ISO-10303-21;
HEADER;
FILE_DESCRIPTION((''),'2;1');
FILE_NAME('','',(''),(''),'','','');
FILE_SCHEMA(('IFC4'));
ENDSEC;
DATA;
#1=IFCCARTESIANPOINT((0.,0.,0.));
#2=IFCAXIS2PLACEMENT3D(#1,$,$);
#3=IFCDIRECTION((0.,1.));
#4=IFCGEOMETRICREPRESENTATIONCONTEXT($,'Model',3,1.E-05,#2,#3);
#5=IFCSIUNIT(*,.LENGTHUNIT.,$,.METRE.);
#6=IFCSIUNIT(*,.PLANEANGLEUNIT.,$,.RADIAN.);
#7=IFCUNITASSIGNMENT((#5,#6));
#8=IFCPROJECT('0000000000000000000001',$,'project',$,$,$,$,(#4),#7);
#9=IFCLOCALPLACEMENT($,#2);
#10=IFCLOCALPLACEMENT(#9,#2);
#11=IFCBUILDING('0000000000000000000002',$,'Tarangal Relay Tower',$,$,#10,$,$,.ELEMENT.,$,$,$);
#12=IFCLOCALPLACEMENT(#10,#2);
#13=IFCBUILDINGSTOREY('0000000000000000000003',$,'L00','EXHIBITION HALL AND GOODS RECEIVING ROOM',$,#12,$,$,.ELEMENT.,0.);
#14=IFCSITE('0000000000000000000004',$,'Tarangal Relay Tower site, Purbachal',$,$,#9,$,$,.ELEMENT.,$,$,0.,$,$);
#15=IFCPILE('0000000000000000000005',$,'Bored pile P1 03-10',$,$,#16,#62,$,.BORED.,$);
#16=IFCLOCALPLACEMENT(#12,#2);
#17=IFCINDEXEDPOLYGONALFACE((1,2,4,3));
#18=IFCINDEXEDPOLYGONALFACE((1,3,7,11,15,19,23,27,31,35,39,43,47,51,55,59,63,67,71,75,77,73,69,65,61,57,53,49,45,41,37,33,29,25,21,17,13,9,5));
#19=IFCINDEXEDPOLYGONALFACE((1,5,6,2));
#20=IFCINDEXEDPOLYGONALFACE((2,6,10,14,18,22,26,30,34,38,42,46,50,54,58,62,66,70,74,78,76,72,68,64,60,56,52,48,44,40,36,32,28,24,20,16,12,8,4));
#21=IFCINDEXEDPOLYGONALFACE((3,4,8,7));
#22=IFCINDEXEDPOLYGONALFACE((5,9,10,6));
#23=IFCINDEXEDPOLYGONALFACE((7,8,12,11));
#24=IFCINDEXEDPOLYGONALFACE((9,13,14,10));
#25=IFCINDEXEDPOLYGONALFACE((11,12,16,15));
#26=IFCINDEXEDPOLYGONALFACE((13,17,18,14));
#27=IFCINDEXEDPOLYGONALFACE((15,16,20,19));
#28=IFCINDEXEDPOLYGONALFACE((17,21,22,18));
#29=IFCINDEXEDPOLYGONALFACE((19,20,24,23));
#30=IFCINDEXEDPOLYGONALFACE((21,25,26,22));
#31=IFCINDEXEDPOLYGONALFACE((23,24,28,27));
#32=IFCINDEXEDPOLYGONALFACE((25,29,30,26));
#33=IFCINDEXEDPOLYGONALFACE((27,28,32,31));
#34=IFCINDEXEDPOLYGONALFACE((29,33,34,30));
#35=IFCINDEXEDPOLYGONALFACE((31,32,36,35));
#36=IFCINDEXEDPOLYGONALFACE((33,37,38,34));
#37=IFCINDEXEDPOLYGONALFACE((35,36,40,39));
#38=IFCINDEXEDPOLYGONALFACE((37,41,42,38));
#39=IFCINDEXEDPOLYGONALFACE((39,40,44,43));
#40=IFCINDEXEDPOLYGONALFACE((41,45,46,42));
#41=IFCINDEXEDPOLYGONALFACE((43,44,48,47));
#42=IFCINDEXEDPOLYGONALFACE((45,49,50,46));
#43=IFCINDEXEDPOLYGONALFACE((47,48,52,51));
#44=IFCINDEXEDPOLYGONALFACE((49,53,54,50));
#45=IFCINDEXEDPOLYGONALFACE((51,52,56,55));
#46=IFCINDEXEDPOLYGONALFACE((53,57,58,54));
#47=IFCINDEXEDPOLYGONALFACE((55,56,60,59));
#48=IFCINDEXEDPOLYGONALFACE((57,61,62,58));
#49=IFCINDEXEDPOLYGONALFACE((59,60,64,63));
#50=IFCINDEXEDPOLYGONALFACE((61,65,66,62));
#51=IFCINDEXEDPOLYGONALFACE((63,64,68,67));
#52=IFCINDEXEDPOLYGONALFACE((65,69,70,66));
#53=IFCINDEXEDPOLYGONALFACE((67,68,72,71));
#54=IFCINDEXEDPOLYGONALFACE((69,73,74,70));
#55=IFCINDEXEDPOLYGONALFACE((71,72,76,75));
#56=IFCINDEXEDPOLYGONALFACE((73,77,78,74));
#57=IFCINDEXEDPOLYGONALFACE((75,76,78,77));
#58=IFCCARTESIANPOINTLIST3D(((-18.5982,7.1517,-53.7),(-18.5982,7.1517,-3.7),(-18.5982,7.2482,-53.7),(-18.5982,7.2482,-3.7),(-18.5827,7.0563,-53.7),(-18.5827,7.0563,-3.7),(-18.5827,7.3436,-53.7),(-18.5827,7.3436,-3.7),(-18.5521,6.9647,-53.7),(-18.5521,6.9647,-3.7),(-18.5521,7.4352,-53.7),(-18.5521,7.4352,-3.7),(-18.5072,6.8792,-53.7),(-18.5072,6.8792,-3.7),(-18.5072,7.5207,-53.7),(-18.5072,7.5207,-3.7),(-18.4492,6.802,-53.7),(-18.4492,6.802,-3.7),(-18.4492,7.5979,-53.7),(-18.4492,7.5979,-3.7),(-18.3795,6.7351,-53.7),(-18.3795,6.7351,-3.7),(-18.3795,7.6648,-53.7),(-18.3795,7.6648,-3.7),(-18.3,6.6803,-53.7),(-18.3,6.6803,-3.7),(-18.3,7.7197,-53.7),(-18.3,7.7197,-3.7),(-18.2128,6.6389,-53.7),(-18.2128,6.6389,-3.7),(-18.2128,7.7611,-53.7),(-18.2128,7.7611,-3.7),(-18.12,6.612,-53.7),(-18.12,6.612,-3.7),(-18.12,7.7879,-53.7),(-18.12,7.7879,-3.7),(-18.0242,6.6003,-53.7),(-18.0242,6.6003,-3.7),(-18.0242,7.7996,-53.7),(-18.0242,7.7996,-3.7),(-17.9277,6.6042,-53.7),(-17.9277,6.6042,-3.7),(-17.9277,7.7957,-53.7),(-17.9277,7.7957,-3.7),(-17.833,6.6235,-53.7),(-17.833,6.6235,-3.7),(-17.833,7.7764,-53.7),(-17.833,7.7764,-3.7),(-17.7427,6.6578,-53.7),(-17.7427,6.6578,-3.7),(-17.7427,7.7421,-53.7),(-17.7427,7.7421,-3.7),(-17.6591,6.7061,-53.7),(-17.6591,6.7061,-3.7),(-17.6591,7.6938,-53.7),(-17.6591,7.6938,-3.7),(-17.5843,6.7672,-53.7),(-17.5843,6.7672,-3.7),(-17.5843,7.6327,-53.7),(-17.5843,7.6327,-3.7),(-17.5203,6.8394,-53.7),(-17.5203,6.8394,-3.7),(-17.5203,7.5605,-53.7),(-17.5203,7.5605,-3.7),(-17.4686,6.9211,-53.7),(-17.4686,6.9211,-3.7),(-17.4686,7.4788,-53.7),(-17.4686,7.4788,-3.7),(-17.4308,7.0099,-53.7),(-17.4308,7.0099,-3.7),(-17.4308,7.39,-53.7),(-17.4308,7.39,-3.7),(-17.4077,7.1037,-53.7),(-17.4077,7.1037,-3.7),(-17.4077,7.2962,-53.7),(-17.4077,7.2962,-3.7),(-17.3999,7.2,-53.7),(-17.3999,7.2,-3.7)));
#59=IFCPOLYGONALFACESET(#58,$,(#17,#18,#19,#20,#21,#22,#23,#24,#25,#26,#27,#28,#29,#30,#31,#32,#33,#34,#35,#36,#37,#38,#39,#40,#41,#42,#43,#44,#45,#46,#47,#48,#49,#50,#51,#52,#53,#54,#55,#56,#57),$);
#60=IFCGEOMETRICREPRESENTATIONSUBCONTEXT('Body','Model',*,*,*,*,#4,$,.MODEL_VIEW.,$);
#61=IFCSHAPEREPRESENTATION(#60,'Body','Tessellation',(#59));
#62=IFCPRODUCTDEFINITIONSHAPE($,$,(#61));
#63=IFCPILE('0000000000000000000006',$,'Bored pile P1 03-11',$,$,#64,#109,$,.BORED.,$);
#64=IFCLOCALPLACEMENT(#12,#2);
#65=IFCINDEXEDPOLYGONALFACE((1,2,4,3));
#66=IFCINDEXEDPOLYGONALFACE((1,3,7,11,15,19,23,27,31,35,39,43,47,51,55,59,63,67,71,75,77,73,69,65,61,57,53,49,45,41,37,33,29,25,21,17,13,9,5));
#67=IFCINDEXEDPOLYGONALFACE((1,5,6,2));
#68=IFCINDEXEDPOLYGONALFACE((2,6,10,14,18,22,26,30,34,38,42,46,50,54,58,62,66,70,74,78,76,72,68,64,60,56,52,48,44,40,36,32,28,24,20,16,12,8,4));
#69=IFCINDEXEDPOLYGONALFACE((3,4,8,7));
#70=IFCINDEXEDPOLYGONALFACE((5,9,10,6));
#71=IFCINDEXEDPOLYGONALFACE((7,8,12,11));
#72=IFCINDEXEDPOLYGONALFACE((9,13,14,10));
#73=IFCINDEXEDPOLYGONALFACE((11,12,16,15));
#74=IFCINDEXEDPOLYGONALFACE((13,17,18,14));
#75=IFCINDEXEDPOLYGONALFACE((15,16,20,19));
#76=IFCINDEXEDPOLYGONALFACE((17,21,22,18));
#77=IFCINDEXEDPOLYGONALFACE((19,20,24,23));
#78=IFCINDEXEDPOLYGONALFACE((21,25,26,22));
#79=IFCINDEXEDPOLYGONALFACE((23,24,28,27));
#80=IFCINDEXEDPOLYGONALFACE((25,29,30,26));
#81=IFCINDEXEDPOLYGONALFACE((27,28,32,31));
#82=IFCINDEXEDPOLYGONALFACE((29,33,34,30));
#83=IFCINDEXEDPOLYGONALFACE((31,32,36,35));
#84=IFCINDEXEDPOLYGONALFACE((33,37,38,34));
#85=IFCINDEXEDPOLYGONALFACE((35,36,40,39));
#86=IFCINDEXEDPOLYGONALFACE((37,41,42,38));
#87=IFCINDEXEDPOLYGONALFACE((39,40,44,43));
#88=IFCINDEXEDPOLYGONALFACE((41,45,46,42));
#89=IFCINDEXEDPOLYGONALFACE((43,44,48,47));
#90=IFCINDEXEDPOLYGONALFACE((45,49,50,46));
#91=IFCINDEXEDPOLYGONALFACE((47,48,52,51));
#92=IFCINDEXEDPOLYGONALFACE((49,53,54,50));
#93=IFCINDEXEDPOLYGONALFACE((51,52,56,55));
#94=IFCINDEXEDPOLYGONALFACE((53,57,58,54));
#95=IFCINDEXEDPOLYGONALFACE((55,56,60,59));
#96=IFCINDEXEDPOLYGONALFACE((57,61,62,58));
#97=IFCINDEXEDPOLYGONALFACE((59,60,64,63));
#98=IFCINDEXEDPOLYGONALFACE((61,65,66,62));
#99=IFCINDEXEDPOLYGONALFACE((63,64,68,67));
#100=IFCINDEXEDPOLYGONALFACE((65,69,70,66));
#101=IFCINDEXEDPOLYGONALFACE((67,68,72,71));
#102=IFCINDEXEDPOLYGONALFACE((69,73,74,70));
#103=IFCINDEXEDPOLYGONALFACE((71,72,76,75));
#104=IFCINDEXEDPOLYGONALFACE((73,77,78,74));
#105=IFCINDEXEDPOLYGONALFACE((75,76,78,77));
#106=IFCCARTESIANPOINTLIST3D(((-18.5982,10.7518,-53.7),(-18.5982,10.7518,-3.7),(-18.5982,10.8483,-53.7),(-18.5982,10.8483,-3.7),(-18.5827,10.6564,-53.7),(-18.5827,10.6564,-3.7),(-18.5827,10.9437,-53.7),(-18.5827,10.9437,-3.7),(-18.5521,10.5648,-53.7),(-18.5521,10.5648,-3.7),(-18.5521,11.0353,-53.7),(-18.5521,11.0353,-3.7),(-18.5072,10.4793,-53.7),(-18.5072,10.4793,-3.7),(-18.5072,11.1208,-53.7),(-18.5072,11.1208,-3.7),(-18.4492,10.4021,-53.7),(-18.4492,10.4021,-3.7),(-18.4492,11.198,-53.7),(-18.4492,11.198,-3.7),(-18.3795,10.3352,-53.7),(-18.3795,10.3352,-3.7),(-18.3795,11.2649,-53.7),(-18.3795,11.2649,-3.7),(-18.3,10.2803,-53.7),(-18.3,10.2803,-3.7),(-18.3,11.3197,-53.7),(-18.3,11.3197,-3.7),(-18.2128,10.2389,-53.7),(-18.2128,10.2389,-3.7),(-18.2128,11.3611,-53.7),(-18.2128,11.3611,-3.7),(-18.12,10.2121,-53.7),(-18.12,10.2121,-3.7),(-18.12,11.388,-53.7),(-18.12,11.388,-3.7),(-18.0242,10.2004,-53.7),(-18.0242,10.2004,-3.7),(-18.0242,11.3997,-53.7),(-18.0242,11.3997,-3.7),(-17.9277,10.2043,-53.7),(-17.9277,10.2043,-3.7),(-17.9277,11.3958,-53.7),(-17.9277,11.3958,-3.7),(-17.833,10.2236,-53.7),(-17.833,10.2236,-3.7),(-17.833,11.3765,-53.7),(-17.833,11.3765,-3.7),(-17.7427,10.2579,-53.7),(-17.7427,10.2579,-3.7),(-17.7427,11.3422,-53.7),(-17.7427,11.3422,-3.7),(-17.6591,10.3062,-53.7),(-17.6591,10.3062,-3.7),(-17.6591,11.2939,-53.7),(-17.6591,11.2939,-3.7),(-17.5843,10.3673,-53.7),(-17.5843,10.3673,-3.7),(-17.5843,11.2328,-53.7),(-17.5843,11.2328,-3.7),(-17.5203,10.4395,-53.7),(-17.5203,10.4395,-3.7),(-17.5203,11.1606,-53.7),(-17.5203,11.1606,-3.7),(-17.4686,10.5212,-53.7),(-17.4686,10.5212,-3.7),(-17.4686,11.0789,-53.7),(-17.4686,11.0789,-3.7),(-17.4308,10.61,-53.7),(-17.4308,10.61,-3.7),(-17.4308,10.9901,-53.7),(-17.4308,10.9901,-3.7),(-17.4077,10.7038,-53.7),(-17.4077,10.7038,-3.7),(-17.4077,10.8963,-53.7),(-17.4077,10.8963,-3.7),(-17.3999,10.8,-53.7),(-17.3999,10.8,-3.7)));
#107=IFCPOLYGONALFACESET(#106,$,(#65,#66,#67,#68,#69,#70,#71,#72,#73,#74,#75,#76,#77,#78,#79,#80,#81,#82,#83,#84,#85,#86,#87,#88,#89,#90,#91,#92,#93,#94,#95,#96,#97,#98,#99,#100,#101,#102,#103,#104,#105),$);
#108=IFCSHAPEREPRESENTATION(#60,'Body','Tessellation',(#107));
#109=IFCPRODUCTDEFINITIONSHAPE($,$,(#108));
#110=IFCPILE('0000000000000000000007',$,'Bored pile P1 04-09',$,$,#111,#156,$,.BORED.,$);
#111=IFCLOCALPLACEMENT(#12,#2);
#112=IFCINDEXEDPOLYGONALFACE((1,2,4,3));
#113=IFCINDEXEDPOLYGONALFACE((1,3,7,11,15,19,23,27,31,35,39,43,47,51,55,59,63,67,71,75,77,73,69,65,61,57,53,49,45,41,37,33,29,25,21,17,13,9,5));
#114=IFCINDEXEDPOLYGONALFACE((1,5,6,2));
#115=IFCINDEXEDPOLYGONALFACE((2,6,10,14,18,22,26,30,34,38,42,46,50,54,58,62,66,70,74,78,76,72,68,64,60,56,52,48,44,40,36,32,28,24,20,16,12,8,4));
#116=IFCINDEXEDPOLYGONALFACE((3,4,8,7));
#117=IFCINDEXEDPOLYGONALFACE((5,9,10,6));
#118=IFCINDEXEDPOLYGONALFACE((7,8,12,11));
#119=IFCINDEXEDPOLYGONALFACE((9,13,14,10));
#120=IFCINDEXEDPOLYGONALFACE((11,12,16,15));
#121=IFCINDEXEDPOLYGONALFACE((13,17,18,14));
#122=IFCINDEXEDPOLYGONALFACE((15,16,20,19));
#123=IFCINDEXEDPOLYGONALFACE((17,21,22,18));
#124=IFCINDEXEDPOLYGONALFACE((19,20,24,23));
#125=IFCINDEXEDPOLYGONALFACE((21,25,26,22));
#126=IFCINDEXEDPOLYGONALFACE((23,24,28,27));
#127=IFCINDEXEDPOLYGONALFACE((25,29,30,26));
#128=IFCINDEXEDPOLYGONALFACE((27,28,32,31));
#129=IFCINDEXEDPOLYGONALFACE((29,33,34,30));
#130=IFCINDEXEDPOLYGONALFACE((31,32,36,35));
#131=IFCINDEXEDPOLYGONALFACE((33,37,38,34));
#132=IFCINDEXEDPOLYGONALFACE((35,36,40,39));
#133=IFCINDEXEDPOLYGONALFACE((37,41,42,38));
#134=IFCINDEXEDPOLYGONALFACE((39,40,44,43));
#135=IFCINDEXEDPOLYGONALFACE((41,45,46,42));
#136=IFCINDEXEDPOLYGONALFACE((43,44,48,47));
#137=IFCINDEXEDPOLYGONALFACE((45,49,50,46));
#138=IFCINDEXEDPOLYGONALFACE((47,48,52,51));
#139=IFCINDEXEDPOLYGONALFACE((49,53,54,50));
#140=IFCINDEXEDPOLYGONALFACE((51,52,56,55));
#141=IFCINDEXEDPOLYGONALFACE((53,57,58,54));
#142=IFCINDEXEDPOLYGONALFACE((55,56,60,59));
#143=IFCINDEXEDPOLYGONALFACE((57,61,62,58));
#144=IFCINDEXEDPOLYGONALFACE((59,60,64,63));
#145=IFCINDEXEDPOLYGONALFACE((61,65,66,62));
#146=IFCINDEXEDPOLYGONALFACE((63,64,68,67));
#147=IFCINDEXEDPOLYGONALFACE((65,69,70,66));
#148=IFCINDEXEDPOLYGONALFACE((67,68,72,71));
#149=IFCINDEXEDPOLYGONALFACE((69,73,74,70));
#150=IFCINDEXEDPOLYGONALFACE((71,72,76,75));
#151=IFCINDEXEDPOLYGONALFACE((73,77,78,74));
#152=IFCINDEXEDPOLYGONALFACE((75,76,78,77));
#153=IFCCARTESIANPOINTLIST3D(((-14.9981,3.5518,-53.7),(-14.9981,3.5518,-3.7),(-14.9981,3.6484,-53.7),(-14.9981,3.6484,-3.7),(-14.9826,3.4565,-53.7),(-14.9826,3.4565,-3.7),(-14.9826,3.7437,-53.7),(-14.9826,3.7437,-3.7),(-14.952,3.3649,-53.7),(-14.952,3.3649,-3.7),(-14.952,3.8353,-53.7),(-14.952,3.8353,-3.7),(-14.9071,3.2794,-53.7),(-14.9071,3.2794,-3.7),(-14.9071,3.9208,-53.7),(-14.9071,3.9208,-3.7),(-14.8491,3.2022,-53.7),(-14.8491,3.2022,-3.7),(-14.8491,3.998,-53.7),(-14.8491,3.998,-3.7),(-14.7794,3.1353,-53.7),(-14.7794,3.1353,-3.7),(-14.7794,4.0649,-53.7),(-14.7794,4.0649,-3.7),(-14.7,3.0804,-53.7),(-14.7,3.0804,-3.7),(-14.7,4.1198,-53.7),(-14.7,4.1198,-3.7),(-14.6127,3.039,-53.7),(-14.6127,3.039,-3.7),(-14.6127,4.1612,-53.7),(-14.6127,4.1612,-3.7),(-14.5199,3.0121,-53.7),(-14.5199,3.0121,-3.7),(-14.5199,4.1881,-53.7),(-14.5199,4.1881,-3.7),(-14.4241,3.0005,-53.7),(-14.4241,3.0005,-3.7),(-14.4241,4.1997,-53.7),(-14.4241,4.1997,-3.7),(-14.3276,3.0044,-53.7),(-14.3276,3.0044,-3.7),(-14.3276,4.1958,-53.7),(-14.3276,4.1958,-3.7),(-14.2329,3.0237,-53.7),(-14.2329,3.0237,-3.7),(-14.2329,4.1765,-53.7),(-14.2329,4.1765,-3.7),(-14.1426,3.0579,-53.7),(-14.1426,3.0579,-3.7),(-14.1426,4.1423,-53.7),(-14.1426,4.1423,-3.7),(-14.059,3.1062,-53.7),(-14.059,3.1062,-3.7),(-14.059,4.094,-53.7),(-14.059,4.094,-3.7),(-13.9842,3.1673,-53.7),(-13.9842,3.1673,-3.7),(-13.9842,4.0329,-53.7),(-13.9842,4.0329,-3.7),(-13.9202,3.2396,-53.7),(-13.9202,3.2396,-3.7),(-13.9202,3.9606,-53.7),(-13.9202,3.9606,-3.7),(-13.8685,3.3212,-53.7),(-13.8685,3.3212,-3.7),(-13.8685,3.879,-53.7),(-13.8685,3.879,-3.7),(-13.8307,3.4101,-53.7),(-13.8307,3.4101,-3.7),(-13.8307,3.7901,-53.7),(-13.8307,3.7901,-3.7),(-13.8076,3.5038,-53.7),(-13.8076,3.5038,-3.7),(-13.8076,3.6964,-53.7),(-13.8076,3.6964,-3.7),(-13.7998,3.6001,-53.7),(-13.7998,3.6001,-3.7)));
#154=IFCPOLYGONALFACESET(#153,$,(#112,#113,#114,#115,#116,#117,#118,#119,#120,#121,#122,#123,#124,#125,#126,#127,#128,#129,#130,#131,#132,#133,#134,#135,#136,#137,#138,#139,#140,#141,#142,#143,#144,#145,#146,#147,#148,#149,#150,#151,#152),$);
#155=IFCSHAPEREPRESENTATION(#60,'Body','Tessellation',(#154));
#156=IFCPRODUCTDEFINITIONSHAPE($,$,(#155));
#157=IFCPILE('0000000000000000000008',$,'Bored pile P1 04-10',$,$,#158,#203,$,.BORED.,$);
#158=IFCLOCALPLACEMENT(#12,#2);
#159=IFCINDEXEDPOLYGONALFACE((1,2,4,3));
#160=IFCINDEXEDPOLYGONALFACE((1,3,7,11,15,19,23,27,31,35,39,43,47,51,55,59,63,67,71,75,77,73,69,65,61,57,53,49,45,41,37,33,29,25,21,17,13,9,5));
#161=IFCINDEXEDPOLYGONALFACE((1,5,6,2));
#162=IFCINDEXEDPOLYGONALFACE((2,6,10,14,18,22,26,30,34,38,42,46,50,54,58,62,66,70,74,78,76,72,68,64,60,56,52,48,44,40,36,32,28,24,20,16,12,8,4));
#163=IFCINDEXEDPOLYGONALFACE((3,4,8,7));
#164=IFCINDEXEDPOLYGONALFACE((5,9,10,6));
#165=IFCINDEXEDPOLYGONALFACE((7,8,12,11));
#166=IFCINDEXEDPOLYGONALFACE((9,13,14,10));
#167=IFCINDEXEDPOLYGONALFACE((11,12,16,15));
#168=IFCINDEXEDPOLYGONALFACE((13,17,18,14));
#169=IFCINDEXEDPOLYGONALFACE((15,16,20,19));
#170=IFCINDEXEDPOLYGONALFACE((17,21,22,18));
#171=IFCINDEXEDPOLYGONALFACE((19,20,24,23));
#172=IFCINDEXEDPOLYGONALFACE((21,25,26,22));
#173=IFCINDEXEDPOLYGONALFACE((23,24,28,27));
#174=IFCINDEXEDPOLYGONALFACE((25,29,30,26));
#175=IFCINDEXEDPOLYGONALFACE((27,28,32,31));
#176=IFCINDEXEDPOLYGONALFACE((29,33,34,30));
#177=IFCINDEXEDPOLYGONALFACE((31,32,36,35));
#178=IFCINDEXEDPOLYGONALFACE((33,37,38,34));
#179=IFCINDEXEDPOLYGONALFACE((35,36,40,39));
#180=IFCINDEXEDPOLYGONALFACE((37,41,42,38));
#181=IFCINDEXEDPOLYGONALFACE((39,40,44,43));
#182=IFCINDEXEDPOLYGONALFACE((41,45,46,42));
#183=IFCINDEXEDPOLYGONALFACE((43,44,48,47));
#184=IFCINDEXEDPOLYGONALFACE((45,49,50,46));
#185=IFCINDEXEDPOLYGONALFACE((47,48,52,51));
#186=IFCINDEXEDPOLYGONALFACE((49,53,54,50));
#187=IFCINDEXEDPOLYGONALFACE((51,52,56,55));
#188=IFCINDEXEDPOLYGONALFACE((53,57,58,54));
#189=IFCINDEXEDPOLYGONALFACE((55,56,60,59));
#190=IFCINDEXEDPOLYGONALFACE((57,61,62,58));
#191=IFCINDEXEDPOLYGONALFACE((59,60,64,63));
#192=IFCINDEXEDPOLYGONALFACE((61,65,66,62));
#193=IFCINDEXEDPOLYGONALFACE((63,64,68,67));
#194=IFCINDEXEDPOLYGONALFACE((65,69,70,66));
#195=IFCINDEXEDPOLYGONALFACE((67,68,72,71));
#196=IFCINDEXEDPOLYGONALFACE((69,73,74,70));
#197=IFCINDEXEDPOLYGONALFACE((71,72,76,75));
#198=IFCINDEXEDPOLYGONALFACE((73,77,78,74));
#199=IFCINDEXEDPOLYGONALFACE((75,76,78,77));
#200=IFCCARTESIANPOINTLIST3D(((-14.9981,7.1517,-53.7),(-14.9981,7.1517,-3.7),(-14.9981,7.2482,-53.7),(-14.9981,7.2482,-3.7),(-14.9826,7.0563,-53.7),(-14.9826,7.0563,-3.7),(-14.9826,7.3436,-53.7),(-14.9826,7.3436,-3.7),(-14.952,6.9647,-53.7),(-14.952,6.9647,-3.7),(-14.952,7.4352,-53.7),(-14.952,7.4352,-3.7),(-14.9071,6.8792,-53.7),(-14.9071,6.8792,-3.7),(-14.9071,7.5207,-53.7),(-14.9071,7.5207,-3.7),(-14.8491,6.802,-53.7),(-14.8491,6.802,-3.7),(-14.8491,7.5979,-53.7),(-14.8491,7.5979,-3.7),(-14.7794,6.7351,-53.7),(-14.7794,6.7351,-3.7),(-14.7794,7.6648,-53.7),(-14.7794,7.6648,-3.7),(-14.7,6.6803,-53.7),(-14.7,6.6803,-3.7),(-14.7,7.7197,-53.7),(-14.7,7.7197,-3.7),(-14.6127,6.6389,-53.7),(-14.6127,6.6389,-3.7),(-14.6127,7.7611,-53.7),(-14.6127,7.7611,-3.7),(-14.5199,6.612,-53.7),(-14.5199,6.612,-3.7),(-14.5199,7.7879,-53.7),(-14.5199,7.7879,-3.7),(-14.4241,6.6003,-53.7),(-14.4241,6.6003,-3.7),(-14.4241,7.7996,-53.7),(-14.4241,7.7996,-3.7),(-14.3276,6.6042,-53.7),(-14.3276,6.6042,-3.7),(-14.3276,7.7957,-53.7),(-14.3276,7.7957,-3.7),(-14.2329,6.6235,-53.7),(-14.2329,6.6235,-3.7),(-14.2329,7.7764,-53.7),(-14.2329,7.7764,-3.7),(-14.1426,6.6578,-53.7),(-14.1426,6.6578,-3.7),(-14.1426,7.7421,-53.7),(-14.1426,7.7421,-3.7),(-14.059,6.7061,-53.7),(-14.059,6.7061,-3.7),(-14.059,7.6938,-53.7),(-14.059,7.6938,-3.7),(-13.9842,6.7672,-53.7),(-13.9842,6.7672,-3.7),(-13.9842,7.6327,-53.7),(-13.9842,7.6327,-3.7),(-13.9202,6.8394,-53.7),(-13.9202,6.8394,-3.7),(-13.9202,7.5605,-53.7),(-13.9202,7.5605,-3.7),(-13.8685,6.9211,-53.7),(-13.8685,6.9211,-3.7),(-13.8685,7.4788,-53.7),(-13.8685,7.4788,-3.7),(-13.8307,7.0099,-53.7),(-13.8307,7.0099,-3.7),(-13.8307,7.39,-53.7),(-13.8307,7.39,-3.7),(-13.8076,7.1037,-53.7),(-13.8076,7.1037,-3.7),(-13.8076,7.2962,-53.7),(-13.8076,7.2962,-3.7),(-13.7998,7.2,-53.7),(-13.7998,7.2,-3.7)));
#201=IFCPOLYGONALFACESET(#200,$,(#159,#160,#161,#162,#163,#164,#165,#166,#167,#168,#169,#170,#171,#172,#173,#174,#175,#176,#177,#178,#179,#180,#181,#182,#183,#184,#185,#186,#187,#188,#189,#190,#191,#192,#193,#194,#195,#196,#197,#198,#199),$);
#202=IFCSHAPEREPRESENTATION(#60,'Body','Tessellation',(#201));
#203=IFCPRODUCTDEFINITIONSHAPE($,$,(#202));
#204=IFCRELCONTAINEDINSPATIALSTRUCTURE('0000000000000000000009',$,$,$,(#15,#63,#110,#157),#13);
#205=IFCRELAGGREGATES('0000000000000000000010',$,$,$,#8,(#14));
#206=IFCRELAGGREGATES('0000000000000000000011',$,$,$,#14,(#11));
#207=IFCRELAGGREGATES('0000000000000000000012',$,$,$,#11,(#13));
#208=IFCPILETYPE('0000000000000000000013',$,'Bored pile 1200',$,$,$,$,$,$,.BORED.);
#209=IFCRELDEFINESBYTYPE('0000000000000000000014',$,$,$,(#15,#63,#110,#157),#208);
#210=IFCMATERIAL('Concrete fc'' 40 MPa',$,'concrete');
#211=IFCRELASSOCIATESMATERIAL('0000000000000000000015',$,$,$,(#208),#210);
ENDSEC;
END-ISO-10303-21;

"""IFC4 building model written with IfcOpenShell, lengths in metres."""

from ifc_helpers import new_model, si_unit, direction, frame, origin, origin_2d, place, context, subcontext, project, spatial, circle, extrude, material, material_profile, profile_set, type_object, element, save


model = new_model("IFC4")

# Units and contexts
model_context = context("Model", 3, precision=1e-05, world=origin(), true_north=direction((0.0, 1.0)))
body_context = subcontext(model_context, "Body", "Model", "MODEL_VIEW")
ifc_project = project(units=[si_unit("LENGTHUNIT", "METRE"), si_unit("PLANEANGLEUNIT", "RADIAN")], contexts=[model_context])

# Site, building, storey
site_placement = place(None, origin())
site = spatial("IfcSite", under=ifc_project, at=site_placement, Name="Tarangal Relay Tower site, Purbachal", CompositionType="ELEMENT", RefElevation=0.0)
building_placement = place(site_placement, origin())
building = spatial("IfcBuilding", under=site, at=building_placement, Name="Tarangal Relay Tower", CompositionType="ELEMENT")
storey_placement = place(building_placement, origin())
storey = spatial("IfcBuildingStorey", under=building, at=storey_placement, Name="L00", Description="EXHIBITION HALL AND GOODS RECEIVING ROOM", CompositionType="ELEMENT", Elevation=0.0)

# Piles
ifc_material_1 = material(Name="Concrete fc' 40 MPa", Category="concrete")
ifc_material_profile_1 = material_profile(ifc_material_1, circle(Radius=0.6001, at=origin_2d()), Name="D1200")
ifc_profile_set_1 = profile_set([ifc_material_profile_1], Name="Concrete fc' 40 MPa")
pile_type = type_object("IfcPileType", Name="Bored pile 1200", PredefinedType="BORED", material=ifc_profile_set_1)
for number, where, z_axis, x_axis, name in (
    (1, (-18.0, 7.2, -3.7), (0.0, 0.0, -1.0), (1.0, 0.0, 0.0), "Bored pile P1 03-10"),
    (2, (-18.0, 10.8, -3.7), (0.0, 0.0, -1.0), (1.0, 0.0, 0.0), "Bored pile P1 03-11"),
    (3, (-14.3999, 3.6001, -3.7), (0.0, 0.0, -1.0), (1.0, 0.0, 0.0), "Bored pile P1 04-09"),
    (4, (-14.3999, 7.2, -3.7), (0.0, 0.0, -1.0), (1.0, 0.0, 0.0), "Bored pile P1 04-10"),
):
    element("IfcPile", number, at=place(storey_placement, frame(where, z_axis=z_axis, x_axis=x_axis)), inside=storey, type_object=pile_type, Name=name, PredefinedType="BORED", context=body_context, shape_type="SweptSolid", body=[
        extrude(circle(Radius=0.6001, at=origin_2d()), origin(), (0.0, 0.0, 1.0), 50.0),
    ])

save(model, "model.ifc")
